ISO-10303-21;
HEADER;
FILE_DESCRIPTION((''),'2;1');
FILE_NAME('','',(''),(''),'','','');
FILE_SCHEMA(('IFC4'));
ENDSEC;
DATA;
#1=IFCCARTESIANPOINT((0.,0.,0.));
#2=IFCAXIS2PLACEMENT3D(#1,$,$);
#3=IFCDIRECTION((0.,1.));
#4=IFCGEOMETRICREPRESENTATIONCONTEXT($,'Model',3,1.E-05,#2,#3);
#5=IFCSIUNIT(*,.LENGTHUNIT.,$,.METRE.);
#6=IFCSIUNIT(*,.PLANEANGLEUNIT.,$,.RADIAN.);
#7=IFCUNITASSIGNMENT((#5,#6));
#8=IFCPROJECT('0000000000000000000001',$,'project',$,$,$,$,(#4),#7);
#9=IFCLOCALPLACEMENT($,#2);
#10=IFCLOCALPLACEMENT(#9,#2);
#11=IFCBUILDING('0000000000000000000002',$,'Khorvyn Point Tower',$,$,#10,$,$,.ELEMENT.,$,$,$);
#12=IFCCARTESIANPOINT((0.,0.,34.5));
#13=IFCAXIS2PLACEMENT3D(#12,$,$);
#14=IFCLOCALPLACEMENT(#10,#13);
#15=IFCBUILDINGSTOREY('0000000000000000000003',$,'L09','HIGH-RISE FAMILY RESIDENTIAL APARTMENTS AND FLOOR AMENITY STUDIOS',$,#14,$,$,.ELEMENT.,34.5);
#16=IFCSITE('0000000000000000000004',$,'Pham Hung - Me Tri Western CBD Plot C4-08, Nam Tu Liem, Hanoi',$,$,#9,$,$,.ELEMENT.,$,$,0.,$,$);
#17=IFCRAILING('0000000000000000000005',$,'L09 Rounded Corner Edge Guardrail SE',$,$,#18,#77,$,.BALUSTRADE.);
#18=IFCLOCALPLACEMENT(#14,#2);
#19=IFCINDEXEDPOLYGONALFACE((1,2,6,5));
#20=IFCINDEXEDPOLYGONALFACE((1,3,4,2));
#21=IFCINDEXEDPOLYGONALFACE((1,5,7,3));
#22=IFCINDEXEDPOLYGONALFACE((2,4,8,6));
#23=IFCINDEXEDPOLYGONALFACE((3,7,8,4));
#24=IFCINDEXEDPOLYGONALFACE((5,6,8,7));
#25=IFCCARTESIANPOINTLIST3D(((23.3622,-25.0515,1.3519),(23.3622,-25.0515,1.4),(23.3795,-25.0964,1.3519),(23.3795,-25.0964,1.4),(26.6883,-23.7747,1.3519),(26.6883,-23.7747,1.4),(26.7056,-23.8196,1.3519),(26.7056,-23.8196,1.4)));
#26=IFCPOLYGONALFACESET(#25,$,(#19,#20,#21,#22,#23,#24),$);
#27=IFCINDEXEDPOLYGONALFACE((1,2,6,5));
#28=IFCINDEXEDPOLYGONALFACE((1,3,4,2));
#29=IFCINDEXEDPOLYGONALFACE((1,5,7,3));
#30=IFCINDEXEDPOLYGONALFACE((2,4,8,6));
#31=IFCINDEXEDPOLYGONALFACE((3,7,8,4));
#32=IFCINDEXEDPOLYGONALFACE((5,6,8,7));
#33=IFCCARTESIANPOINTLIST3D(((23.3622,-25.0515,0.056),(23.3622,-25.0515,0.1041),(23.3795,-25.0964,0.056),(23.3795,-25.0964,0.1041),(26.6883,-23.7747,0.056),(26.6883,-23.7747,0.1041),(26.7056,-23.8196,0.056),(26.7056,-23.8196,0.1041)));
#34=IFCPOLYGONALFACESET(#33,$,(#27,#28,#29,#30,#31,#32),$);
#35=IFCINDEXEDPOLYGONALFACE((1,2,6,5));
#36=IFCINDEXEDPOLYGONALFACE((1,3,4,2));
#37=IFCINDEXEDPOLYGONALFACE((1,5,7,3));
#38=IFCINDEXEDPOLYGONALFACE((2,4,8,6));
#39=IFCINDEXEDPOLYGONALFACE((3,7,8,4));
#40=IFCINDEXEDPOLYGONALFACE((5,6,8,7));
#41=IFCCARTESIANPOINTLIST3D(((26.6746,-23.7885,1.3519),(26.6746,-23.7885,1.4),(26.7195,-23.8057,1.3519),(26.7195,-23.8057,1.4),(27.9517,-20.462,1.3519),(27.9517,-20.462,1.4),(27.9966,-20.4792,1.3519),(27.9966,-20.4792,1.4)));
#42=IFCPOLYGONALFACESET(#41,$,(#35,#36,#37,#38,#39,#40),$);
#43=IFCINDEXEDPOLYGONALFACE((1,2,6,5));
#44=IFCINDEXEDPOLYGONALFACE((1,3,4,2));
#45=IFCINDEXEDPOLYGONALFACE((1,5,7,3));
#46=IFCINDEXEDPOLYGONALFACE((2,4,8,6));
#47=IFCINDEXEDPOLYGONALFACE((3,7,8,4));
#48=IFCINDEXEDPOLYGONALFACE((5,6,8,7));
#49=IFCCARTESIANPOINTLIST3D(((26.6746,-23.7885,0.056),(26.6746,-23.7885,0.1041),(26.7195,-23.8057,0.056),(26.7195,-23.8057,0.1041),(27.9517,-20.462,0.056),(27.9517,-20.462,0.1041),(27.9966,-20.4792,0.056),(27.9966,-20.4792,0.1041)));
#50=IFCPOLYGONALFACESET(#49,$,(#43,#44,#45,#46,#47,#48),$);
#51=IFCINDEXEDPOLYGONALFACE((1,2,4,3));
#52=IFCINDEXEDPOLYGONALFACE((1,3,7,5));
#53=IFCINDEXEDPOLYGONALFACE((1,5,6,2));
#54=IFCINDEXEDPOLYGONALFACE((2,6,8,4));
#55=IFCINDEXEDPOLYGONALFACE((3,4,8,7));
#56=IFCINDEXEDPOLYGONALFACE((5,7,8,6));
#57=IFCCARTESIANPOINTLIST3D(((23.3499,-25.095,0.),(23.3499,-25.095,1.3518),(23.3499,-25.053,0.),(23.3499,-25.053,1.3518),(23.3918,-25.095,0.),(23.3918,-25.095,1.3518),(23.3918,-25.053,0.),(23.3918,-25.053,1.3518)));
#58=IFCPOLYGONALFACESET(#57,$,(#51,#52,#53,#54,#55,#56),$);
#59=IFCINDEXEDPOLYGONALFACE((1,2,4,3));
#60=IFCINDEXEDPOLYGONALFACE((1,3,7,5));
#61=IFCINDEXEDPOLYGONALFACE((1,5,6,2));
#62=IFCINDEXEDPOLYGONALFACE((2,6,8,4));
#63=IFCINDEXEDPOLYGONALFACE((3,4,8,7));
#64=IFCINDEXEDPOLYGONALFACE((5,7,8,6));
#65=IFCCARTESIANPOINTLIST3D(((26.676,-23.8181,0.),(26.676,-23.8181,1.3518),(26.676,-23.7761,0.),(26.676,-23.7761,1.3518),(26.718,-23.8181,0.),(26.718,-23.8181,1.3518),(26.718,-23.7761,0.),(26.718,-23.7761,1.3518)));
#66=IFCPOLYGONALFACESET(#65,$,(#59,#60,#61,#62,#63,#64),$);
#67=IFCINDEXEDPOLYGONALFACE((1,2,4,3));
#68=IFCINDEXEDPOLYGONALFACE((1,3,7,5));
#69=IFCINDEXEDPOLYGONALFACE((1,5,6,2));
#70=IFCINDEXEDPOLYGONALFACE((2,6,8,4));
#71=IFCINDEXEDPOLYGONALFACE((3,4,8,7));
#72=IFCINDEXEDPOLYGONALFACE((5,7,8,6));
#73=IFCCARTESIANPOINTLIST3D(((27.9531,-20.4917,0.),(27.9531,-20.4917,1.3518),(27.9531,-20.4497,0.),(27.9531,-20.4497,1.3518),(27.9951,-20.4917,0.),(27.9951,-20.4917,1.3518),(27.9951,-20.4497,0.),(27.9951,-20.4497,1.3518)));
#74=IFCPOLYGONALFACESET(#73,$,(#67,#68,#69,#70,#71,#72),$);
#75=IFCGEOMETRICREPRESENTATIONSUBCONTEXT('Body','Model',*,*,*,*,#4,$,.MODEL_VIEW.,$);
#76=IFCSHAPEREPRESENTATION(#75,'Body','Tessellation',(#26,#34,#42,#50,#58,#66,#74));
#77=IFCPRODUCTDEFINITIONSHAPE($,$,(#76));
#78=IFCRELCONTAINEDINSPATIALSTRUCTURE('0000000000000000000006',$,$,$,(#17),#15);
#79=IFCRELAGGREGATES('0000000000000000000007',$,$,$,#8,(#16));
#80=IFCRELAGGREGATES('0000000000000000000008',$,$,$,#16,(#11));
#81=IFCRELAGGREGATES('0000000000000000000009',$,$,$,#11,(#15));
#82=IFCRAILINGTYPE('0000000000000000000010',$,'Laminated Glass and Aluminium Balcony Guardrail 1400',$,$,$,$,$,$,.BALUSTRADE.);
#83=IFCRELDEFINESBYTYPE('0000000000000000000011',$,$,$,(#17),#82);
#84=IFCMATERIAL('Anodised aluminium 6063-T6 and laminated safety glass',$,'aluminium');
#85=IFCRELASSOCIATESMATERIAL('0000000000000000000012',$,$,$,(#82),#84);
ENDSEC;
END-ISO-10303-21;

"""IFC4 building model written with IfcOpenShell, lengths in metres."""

from ifc_helpers import new_model, si_unit, direction, frame, origin, origin_2d, place, context, subcontext, project, spatial, rectangle, extrude, material, type_object, element, save


model = new_model("IFC4")

# Units and contexts
model_context = context("Model", 3, precision=1e-05, world=origin(), true_north=direction((0.0, 1.0)))
body_context = subcontext(model_context, "Body", "Model", "MODEL_VIEW")
ifc_project = project(units=[si_unit("LENGTHUNIT", "METRE"), si_unit("PLANEANGLEUNIT", "RADIAN")], contexts=[model_context])

# Site, building, storey
site_placement = place(None, origin())
site = spatial("IfcSite", under=ifc_project, at=site_placement, Name="Pham Hung - Me Tri Western CBD Plot C4-08, Nam Tu Liem, Hanoi", CompositionType="ELEMENT", RefElevation=0.0)
building_placement = place(site_placement, origin())
building = spatial("IfcBuilding", under=site, at=building_placement, Name="Khorvyn Point Tower", CompositionType="ELEMENT")
storey_placement = place(building_placement, frame((0.0, 0.0, 34.5)))
storey = spatial("IfcBuildingStorey", under=building, at=storey_placement, Name="L09", Description="HIGH-RISE FAMILY RESIDENTIAL APARTMENTS AND FLOOR AMENITY STUDIOS", CompositionType="ELEMENT", Elevation=34.5)

# Railing
ifc_material_1 = material(Name="Anodised aluminium 6063-T6 and laminated safety glass", Category="aluminium")
railing_type = type_object("IfcRailingType", Name="Laminated Glass and Aluminium Balcony Guardrail 1400", PredefinedType="BALUSTRADE", material=ifc_material_1)
railing_1_placement = place(storey_placement, frame((23.3708, -25.074, 0.0)))
element("IfcRailing", 1, at=railing_1_placement, inside=storey, type_object=railing_type, Name="L09 Rounded Corner Edge Guardrail SE", PredefinedType="BALUSTRADE", context=body_context, shape_type="SweptSolid", body=[
    extrude(rectangle(XDim=0.0481, YDim=0.0481, at=origin_2d()), frame((0.0, 0.0, 1.376), z_axis=(0.933575, 0.358382, 0.0), x_axis=(-0.358382, 0.933575, 0.0)), (0.0, 0.0, 1.0), 3.5627),
    extrude(rectangle(XDim=0.0481, YDim=0.0481, at=origin_2d()), frame((0.0, 0.0, 0.0801), z_axis=(0.933575, 0.358382, 0.0), x_axis=(-0.358382, 0.933575, 0.0)), (0.0, 0.0, 1.0), 3.5627),
    extrude(rectangle(XDim=0.0481, YDim=0.0481, at=origin_2d()), frame((3.3262, 1.2769, 1.376), z_axis=(0.358419, 0.933561, 0.0), x_axis=(-0.933561, 0.358419, 0.0)), (0.0, 0.0, 1.0), 3.5632),
    extrude(rectangle(XDim=0.0481, YDim=0.0481, at=origin_2d()), frame((3.3262, 1.2769, 0.0801), z_axis=(0.358419, 0.933561, 0.0), x_axis=(-0.933561, 0.358419, 0.0)), (0.0, 0.0, 1.0), 3.5632),
    extrude(rectangle(XDim=0.042, YDim=0.042, at=origin_2d()), origin(), (0.0, 0.0, 1.0), 1.3518),
    extrude(rectangle(XDim=0.042, YDim=0.042, at=origin_2d()), frame((3.3262, 1.2769, 0.0)), (0.0, 0.0, 1.0), 1.3518),
    extrude(rectangle(XDim=0.042, YDim=0.042, at=origin_2d()), frame((4.6033, 4.6033, 0.0)), (0.0, 0.0, 1.0), 1.3518),
])

save(model, "model.ifc")
